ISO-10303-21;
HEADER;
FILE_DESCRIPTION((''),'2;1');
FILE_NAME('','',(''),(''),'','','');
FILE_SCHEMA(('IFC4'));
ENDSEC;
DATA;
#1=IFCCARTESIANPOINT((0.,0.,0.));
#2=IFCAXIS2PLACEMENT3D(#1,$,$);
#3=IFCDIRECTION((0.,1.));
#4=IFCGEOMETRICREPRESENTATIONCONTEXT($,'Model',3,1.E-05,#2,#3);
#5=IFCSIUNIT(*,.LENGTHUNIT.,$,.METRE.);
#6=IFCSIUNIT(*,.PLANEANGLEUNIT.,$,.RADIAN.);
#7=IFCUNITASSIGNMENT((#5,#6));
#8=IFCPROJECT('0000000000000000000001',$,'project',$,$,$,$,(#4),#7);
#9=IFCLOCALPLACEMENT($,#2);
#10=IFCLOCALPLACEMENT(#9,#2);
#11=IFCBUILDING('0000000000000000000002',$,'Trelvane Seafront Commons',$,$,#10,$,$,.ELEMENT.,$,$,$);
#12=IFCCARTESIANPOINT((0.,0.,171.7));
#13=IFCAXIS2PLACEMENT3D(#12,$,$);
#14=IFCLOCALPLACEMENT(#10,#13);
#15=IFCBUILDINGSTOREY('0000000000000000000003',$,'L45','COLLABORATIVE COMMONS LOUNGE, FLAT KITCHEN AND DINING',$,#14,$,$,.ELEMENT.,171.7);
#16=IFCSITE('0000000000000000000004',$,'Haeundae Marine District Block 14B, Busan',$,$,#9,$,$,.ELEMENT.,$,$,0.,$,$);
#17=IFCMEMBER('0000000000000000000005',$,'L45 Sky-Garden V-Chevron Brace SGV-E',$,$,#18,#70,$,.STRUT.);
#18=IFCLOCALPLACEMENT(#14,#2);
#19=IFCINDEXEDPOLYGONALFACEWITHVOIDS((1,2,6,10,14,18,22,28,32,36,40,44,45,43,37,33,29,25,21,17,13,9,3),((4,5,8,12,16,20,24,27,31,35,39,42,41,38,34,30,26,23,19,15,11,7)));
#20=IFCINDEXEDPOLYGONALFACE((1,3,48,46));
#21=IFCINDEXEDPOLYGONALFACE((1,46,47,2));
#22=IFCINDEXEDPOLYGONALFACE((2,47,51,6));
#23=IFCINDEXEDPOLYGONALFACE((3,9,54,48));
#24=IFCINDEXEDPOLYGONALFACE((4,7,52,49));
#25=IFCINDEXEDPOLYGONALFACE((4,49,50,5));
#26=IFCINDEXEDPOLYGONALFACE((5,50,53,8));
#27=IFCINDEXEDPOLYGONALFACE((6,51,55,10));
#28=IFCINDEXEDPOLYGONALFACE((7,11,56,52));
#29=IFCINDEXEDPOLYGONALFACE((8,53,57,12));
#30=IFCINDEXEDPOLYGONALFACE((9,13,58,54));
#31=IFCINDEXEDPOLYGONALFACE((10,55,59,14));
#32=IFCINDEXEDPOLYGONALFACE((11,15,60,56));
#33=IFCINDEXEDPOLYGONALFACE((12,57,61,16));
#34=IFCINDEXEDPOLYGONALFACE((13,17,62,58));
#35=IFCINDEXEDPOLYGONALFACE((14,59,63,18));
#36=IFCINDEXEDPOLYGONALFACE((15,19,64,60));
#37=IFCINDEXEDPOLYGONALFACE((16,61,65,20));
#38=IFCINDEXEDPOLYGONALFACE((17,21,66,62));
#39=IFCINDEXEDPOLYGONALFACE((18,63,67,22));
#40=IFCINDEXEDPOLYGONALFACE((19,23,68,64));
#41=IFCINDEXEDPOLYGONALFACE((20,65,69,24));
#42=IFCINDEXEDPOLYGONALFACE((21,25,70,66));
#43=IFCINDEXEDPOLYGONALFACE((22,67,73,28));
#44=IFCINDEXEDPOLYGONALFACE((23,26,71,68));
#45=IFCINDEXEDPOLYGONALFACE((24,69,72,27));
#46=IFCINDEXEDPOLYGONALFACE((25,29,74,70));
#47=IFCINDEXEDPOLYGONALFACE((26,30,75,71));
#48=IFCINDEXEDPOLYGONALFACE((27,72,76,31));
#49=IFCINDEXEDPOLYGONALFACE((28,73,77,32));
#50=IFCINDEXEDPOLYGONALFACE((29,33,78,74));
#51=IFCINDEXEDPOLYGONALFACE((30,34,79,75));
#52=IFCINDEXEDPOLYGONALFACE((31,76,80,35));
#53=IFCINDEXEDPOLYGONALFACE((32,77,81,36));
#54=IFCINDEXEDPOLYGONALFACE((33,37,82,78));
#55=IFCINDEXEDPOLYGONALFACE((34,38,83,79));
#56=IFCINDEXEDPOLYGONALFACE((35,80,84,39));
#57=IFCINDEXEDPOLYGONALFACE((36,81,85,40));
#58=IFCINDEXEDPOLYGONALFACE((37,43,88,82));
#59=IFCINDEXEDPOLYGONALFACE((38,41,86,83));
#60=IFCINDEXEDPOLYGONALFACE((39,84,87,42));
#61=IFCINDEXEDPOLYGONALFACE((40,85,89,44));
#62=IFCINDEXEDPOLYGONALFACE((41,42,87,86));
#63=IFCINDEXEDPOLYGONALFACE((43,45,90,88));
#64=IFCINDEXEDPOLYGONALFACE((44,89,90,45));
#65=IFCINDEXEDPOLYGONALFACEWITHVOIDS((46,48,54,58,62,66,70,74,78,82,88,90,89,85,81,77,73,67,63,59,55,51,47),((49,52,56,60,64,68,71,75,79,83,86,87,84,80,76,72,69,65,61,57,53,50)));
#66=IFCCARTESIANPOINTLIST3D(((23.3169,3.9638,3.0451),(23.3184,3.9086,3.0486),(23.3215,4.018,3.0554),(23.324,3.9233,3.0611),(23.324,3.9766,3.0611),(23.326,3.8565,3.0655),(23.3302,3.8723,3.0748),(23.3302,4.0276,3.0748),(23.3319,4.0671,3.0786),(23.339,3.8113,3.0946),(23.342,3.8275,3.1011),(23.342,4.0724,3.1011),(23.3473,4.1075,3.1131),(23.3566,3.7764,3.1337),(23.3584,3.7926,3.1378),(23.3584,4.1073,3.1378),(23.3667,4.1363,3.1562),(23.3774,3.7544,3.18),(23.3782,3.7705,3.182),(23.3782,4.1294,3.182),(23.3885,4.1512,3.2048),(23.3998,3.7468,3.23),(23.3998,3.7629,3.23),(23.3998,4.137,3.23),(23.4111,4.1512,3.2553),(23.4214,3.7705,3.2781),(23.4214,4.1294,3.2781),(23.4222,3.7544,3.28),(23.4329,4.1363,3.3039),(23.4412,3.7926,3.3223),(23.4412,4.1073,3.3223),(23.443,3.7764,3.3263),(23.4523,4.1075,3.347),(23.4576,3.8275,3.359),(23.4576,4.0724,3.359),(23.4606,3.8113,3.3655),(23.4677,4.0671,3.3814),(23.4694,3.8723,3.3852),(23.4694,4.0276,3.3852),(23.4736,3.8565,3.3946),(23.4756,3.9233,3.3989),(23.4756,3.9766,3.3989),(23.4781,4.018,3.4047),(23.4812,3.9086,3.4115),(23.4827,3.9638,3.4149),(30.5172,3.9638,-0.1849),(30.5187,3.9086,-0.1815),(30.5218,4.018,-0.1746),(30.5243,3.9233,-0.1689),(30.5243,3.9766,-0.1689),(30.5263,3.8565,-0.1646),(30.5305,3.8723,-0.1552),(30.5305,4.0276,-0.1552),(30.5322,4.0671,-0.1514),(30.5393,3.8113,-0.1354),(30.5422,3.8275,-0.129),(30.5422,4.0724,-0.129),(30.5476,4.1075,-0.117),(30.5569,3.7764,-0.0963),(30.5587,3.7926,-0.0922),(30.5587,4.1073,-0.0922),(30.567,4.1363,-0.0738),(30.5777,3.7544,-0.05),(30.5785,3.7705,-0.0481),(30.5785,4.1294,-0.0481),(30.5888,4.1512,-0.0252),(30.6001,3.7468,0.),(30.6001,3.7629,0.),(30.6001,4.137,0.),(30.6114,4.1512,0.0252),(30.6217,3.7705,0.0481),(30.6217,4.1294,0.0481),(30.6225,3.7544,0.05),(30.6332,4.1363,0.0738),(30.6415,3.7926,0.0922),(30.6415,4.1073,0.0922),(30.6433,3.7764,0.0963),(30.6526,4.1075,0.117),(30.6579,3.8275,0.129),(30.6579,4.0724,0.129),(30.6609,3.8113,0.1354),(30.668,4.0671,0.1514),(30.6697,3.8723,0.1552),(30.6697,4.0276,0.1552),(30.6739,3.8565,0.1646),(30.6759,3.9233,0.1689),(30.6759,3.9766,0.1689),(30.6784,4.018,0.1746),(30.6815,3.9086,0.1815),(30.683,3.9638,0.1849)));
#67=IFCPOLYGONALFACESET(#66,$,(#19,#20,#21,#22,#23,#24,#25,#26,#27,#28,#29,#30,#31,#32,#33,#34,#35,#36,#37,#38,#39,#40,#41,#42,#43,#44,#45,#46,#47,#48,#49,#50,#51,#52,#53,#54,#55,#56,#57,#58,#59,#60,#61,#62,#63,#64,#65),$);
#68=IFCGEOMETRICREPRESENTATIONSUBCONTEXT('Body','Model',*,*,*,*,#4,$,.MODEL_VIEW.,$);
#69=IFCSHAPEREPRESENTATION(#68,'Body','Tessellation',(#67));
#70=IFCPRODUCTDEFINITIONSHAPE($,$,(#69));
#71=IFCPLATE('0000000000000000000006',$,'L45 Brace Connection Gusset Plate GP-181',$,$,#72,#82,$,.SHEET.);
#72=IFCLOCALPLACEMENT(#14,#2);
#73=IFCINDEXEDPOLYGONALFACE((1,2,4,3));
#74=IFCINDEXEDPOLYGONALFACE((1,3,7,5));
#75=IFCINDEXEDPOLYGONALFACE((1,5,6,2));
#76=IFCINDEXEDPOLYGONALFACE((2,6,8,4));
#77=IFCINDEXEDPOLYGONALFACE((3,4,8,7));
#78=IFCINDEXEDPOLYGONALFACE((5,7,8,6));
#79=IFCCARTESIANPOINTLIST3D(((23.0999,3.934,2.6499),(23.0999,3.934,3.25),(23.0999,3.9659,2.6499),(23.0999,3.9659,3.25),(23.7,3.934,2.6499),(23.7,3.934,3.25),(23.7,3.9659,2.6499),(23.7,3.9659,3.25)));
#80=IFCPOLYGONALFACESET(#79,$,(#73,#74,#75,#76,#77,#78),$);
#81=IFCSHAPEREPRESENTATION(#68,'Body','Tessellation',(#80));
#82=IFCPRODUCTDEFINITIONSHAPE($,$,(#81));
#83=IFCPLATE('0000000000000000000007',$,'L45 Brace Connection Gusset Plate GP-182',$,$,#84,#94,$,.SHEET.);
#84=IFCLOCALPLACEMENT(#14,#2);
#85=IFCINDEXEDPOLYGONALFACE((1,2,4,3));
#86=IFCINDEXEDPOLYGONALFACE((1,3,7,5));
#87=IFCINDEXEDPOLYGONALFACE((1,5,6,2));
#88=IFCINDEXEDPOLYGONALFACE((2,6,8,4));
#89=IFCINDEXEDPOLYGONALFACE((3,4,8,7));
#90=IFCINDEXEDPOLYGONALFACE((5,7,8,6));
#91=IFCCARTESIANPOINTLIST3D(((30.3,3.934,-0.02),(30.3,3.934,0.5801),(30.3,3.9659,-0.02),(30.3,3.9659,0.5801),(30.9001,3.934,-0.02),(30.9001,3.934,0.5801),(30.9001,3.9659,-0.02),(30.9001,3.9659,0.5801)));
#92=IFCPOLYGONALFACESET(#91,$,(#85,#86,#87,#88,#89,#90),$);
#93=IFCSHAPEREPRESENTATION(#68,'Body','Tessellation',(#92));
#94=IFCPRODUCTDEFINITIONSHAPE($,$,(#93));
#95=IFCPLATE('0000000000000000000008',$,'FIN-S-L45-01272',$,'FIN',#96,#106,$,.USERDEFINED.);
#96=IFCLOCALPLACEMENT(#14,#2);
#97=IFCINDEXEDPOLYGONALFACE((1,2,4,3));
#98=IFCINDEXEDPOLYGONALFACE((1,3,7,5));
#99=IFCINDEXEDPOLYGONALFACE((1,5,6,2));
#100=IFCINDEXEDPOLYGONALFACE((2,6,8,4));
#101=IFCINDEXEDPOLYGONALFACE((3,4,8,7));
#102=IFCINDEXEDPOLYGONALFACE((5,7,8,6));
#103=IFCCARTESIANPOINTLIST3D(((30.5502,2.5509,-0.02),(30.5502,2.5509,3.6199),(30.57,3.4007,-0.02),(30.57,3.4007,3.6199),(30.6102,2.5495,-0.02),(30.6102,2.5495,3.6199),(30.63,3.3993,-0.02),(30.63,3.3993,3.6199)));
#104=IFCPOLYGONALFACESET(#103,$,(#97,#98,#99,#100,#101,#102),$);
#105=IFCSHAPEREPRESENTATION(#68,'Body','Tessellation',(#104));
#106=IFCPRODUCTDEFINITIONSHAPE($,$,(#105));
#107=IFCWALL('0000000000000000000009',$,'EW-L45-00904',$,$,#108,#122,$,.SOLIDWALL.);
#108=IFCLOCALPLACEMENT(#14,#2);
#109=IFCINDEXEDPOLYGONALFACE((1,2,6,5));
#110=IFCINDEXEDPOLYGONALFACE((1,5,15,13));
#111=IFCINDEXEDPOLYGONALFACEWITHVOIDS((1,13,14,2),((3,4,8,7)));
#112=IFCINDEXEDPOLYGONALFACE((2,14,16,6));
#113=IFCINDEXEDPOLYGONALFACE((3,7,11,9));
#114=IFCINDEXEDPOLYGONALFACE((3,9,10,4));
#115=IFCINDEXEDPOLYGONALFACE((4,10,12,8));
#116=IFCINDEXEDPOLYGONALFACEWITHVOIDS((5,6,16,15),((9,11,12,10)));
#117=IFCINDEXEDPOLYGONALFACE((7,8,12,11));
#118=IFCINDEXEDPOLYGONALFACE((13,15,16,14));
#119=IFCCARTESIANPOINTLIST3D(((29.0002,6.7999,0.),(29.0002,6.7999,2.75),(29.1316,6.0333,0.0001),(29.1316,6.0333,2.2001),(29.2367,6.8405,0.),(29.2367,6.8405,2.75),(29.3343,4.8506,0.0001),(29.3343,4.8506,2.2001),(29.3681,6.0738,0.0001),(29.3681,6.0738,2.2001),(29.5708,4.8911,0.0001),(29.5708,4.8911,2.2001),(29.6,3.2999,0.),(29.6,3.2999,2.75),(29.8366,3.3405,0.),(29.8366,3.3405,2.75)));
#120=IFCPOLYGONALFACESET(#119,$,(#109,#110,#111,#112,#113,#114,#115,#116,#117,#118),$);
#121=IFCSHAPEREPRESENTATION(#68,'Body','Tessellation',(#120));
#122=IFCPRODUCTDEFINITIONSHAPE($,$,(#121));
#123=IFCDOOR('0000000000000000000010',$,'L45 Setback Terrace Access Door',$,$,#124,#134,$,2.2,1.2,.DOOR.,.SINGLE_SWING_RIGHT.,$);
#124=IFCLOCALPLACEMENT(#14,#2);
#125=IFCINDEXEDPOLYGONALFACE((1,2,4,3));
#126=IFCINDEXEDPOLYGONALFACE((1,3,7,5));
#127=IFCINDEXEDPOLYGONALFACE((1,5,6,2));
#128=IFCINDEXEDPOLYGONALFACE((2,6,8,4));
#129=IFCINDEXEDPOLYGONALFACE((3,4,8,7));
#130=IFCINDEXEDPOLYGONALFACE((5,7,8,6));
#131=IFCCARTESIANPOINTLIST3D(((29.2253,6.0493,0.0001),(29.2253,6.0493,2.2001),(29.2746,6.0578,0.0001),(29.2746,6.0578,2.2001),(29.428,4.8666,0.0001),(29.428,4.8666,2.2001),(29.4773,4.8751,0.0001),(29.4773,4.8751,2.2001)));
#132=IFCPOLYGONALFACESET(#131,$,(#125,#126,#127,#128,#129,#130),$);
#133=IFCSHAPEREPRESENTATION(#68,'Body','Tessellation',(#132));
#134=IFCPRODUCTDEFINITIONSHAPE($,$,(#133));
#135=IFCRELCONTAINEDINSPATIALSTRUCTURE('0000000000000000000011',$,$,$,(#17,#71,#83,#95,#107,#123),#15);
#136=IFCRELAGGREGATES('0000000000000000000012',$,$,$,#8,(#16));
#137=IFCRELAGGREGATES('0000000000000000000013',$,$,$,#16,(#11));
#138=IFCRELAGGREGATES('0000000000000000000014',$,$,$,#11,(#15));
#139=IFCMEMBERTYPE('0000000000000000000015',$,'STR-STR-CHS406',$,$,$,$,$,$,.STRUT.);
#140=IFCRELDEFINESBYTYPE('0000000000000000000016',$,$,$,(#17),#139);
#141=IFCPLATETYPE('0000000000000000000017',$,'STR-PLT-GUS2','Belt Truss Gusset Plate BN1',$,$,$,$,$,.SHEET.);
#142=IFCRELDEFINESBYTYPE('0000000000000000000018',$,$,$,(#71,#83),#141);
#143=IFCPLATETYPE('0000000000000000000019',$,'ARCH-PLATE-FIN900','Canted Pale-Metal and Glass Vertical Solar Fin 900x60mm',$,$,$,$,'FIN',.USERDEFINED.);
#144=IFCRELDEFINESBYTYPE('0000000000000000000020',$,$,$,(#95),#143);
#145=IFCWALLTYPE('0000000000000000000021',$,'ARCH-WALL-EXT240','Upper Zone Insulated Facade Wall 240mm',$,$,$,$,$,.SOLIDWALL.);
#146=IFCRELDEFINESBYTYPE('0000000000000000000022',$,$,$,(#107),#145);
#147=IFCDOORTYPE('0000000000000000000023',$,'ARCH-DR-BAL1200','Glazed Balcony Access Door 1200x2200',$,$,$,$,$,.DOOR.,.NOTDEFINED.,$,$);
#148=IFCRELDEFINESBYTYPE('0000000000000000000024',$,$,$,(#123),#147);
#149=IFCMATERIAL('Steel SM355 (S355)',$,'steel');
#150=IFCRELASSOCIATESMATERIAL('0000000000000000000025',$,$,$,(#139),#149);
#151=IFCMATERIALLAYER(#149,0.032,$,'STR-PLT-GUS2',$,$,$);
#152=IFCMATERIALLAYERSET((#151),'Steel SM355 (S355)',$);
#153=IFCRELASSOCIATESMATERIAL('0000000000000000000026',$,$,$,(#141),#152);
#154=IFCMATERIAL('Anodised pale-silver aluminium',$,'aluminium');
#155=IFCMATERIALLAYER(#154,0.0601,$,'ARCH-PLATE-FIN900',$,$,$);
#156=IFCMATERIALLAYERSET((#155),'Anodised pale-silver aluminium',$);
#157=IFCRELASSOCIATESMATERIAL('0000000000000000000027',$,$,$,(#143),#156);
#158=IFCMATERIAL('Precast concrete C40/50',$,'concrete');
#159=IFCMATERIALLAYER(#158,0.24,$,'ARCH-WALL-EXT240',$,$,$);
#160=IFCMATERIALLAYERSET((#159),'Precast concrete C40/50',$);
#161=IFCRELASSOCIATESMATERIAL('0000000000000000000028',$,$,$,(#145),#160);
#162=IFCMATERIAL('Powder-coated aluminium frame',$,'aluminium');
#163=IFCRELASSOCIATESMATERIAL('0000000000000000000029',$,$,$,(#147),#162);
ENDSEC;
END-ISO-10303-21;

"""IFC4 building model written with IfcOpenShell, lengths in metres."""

from ifc_helpers import new_model, si_unit, direction, frame, frame_2d, origin, origin_2d, place, context, subcontext, project, spatial, rectangle, hollow_circle, extrude, source, transform, mapped, material, layer, layer_set, material_profile, profile_set, type_object, element, fill, save


model = new_model("IFC4")

# Units and contexts
model_context = context("Model", 3, precision=1e-05, world=origin(), true_north=direction((0.0, 1.0)))
body_context = subcontext(model_context, "Body", "Model", "MODEL_VIEW")
ifc_project = project(units=[si_unit("LENGTHUNIT", "METRE"), si_unit("PLANEANGLEUNIT", "RADIAN")], contexts=[model_context])

# Site, building, storey
site_placement = place(None, origin())
site = spatial("IfcSite", under=ifc_project, at=site_placement, Name="Haeundae Marine District Block 14B, Busan", CompositionType="ELEMENT", RefElevation=0.0)
building_placement = place(site_placement, origin())
building = spatial("IfcBuilding", under=site, at=building_placement, Name="Trelvane Seafront Commons", CompositionType="ELEMENT")
storey_placement = place(building_placement, frame((0.0, 0.0, 171.7)))
storey = spatial("IfcBuildingStorey", under=building, at=storey_placement, Name="L45", Description="COLLABORATIVE COMMONS LOUNGE, FLAT KITCHEN AND DINING", CompositionType="ELEMENT", Elevation=171.7)

# Shared definitions
ifc_material_1 = material(Name="Steel SM355 (S355)", Category="steel")

# Member
ifc_material_profile_1 = material_profile(ifc_material_1, hollow_circle(Radius=0.2031, WallThickness=0.0161, at=origin_2d()), Name="CHS-406.4x16")
ifc_profile_set_1 = profile_set([ifc_material_profile_1], Name="Steel SM355 (S355)")
member_type = type_object("IfcMemberType", Name="STR-STR-CHS406", PredefinedType="STRUT", material=ifc_profile_set_1)
shared_shape_1 = source(origin(), body_context, "Body", "SweptSolid", [
    extrude(hollow_circle(Radius=0.2031, WallThickness=0.0161, at=origin_2d()), origin(), (0.0, 0.0, 1.0), 7.8916),
])
member_placement = place(storey_placement, frame((30.6001, 3.95, 0.0), z_axis=(-0.9124, 0.0, 0.409299), x_axis=(0.0, -1.0, 0.0)))
element("IfcMember", 1, at=member_placement, inside=storey, type_object=member_type, Name="L45 Sky-Garden V-Chevron Brace SGV-E", PredefinedType="STRUT", context=body_context, shape_type="MappedRepresentation", body=[
    mapped(shared_shape_1, transform((0.0, 0.0, 0.0), x_axis=(1.0, 0.0, 0.0), y_axis=(0.0, 1.0, 0.0), z_axis=(0.0, 0.0, 1.0), scale=1.0)),
])

# Plates
ifc_layer_1 = layer(ifc_material_1, 0.032, Name="STR-PLT-GUS2")
ifc_layer_set_1 = layer_set([ifc_layer_1], Name="Steel SM355 (S355)")
plate_type_1 = type_object("IfcPlateType", Name="STR-PLT-GUS2", Description="Belt Truss Gusset Plate BN1", PredefinedType="SHEET", material=ifc_layer_set_1)
shared_shape_2 = source(origin(), body_context, "Body", "SweptSolid", [
    extrude(rectangle(XDim=0.6001, YDim=0.032, at=origin_2d()), origin(), (0.0, 0.0, 1.0), 0.6001),
])
for number, where, z_axis, x_axis, name in (
    (2, (23.3999, 3.95, 2.6499), (0.0, 0.0, 1.0), (1.0, 0.0, 0.0), "L45 Brace Connection Gusset Plate GP-181"),
    (3, (30.6001, 3.95, -0.02), (0.0, 0.0, 1.0), (1.0, 0.0, 0.0), "L45 Brace Connection Gusset Plate GP-182"),
):
    element("IfcPlate", number, at=place(storey_placement, frame(where, z_axis=z_axis, x_axis=x_axis)), inside=storey, type_object=plate_type_1, Name=name, PredefinedType="SHEET", context=body_context, shape_type="MappedRepresentation", body=[
        mapped(shared_shape_2, transform((0.0, 0.0, 0.0), x_axis=(1.0, 0.0, 0.0), y_axis=(0.0, 1.0, 0.0), z_axis=(0.0, 0.0, 1.0), scale=1.0)),
    ])
ifc_material_2 = material(Name="Anodised pale-silver aluminium", Category="aluminium")
ifc_layer_2 = layer(ifc_material_2, 0.0601, Name="ARCH-PLATE-FIN900")
ifc_layer_set_2 = layer_set([ifc_layer_2], Name="Anodised pale-silver aluminium")
plate_type_2 = type_object("IfcPlateType", Name="ARCH-PLATE-FIN900", Description="Canted Pale-Metal and Glass Vertical Solar Fin 900x60mm", ElementType="FIN", PredefinedType="USERDEFINED", material=ifc_layer_set_2)
shared_shape_3 = source(origin(), body_context, "Body", "SweptSolid", [
    extrude(rectangle(XDim=0.8501, YDim=0.0601, at=origin_2d()), origin(), (0.0, 0.0, 1.0), 3.6399),
])
plate_placement = place(storey_placement, frame((30.5901, 2.9751, -0.02), z_axis=(0.0, 0.0, 1.0), x_axis=(-0.023293, -0.999729, 0.0)))
element("IfcPlate", 4, at=plate_placement, inside=storey, type_object=plate_type_2, Name="FIN-S-L45-01272", ObjectType="FIN", PredefinedType="USERDEFINED", context=body_context, shape_type="MappedRepresentation", body=[
    mapped(shared_shape_3, transform((0.0, 0.0, 0.0), x_axis=(1.0, 0.0, 0.0), y_axis=(0.0, 1.0, 0.0), z_axis=(0.0, 0.0, 1.0), scale=1.0)),
])

# Wall, opening, door
ifc_material_3 = material(Name="Precast concrete C40/50", Category="concrete")
ifc_layer_3 = layer(ifc_material_3, 0.24, Name="ARCH-WALL-EXT240")
ifc_layer_set_3 = layer_set([ifc_layer_3], Name="Precast concrete C40/50")
wall_type_1 = type_object("IfcWallType", Name="ARCH-WALL-EXT240", Description="Upper Zone Insulated Facade Wall 240mm", PredefinedType="SOLIDWALL", material=ifc_layer_set_3)
wall_1_placement = place(storey_placement, frame((29.7183, 3.3203, 0.0), z_axis=(0.0, 0.0, 1.0), x_axis=(-0.168924, 0.985629, 0.0)))
wall_1 = element("IfcWall", 5, at=wall_1_placement, inside=storey, type_object=wall_type_1, Name="EW-L45-00904", PredefinedType="SOLIDWALL", context=body_context, shape_type="SweptSolid", body=[
    extrude(rectangle(XDim=3.551, YDim=0.24, at=frame_2d((1.7754, 0.0))), origin(), (0.0, 0.0, 1.0), 2.75),
])
opening_1_placement = place(wall_1_placement, frame((1.573, 0.0, 0.0)))
opening_1 = element("IfcOpeningElement", 6, at=opening_1_placement, cuts=wall_1, PredefinedType="OPENING", context=body_context, shape_type="SweptSolid", body=[
    extrude(rectangle(XDim=1.2, YDim=2.2, at=frame_2d((0.6001, 1.1001))), frame((0.0, 0.1299, 0.0), z_axis=(0.0, -1.0, 0.0), x_axis=(1.0, 0.0, 0.0)), (0.0, 0.0, 1.0), 0.26),
])
ifc_material_4 = material(Name="Powder-coated aluminium frame", Category="aluminium")
door_type = type_object("IfcDoorType", Name="ARCH-DR-BAL1200", Description="Glazed Balcony Access Door 1200x2200", OperationType="NOTDEFINED", PredefinedType="DOOR", material=ifc_material_4)
shared_shape_4 = source(origin(), body_context, "Body", "SweptSolid", [
    extrude(rectangle(XDim=1.2, YDim=2.2, at=frame_2d((0.6001, 1.1001))), frame((0.0, 0.0249, 0.0), z_axis=(0.0, -1.0, 0.0), x_axis=(1.0, 0.0, 0.0)), (0.0, 0.0, 1.0), 0.05),
])
door_placement = place(opening_1_placement, origin())
door = element("IfcDoor", 7, at=door_placement, inside=storey, type_object=door_type, Name="L45 Setback Terrace Access Door", OperationType="SINGLE_SWING_RIGHT", OverallHeight=2.2, OverallWidth=1.2, PredefinedType="DOOR", context=body_context, shape_type="MappedRepresentation", body=[
    mapped(shared_shape_4, transform((0.0, 0.0, 0.0), x_axis=(1.0, 0.0, 0.0), y_axis=(0.0, 1.0, 0.0), z_axis=(0.0, 0.0, 1.0), scale=1.0)),
])
fill(opening_1, door)

save(model, "model.ifc")
